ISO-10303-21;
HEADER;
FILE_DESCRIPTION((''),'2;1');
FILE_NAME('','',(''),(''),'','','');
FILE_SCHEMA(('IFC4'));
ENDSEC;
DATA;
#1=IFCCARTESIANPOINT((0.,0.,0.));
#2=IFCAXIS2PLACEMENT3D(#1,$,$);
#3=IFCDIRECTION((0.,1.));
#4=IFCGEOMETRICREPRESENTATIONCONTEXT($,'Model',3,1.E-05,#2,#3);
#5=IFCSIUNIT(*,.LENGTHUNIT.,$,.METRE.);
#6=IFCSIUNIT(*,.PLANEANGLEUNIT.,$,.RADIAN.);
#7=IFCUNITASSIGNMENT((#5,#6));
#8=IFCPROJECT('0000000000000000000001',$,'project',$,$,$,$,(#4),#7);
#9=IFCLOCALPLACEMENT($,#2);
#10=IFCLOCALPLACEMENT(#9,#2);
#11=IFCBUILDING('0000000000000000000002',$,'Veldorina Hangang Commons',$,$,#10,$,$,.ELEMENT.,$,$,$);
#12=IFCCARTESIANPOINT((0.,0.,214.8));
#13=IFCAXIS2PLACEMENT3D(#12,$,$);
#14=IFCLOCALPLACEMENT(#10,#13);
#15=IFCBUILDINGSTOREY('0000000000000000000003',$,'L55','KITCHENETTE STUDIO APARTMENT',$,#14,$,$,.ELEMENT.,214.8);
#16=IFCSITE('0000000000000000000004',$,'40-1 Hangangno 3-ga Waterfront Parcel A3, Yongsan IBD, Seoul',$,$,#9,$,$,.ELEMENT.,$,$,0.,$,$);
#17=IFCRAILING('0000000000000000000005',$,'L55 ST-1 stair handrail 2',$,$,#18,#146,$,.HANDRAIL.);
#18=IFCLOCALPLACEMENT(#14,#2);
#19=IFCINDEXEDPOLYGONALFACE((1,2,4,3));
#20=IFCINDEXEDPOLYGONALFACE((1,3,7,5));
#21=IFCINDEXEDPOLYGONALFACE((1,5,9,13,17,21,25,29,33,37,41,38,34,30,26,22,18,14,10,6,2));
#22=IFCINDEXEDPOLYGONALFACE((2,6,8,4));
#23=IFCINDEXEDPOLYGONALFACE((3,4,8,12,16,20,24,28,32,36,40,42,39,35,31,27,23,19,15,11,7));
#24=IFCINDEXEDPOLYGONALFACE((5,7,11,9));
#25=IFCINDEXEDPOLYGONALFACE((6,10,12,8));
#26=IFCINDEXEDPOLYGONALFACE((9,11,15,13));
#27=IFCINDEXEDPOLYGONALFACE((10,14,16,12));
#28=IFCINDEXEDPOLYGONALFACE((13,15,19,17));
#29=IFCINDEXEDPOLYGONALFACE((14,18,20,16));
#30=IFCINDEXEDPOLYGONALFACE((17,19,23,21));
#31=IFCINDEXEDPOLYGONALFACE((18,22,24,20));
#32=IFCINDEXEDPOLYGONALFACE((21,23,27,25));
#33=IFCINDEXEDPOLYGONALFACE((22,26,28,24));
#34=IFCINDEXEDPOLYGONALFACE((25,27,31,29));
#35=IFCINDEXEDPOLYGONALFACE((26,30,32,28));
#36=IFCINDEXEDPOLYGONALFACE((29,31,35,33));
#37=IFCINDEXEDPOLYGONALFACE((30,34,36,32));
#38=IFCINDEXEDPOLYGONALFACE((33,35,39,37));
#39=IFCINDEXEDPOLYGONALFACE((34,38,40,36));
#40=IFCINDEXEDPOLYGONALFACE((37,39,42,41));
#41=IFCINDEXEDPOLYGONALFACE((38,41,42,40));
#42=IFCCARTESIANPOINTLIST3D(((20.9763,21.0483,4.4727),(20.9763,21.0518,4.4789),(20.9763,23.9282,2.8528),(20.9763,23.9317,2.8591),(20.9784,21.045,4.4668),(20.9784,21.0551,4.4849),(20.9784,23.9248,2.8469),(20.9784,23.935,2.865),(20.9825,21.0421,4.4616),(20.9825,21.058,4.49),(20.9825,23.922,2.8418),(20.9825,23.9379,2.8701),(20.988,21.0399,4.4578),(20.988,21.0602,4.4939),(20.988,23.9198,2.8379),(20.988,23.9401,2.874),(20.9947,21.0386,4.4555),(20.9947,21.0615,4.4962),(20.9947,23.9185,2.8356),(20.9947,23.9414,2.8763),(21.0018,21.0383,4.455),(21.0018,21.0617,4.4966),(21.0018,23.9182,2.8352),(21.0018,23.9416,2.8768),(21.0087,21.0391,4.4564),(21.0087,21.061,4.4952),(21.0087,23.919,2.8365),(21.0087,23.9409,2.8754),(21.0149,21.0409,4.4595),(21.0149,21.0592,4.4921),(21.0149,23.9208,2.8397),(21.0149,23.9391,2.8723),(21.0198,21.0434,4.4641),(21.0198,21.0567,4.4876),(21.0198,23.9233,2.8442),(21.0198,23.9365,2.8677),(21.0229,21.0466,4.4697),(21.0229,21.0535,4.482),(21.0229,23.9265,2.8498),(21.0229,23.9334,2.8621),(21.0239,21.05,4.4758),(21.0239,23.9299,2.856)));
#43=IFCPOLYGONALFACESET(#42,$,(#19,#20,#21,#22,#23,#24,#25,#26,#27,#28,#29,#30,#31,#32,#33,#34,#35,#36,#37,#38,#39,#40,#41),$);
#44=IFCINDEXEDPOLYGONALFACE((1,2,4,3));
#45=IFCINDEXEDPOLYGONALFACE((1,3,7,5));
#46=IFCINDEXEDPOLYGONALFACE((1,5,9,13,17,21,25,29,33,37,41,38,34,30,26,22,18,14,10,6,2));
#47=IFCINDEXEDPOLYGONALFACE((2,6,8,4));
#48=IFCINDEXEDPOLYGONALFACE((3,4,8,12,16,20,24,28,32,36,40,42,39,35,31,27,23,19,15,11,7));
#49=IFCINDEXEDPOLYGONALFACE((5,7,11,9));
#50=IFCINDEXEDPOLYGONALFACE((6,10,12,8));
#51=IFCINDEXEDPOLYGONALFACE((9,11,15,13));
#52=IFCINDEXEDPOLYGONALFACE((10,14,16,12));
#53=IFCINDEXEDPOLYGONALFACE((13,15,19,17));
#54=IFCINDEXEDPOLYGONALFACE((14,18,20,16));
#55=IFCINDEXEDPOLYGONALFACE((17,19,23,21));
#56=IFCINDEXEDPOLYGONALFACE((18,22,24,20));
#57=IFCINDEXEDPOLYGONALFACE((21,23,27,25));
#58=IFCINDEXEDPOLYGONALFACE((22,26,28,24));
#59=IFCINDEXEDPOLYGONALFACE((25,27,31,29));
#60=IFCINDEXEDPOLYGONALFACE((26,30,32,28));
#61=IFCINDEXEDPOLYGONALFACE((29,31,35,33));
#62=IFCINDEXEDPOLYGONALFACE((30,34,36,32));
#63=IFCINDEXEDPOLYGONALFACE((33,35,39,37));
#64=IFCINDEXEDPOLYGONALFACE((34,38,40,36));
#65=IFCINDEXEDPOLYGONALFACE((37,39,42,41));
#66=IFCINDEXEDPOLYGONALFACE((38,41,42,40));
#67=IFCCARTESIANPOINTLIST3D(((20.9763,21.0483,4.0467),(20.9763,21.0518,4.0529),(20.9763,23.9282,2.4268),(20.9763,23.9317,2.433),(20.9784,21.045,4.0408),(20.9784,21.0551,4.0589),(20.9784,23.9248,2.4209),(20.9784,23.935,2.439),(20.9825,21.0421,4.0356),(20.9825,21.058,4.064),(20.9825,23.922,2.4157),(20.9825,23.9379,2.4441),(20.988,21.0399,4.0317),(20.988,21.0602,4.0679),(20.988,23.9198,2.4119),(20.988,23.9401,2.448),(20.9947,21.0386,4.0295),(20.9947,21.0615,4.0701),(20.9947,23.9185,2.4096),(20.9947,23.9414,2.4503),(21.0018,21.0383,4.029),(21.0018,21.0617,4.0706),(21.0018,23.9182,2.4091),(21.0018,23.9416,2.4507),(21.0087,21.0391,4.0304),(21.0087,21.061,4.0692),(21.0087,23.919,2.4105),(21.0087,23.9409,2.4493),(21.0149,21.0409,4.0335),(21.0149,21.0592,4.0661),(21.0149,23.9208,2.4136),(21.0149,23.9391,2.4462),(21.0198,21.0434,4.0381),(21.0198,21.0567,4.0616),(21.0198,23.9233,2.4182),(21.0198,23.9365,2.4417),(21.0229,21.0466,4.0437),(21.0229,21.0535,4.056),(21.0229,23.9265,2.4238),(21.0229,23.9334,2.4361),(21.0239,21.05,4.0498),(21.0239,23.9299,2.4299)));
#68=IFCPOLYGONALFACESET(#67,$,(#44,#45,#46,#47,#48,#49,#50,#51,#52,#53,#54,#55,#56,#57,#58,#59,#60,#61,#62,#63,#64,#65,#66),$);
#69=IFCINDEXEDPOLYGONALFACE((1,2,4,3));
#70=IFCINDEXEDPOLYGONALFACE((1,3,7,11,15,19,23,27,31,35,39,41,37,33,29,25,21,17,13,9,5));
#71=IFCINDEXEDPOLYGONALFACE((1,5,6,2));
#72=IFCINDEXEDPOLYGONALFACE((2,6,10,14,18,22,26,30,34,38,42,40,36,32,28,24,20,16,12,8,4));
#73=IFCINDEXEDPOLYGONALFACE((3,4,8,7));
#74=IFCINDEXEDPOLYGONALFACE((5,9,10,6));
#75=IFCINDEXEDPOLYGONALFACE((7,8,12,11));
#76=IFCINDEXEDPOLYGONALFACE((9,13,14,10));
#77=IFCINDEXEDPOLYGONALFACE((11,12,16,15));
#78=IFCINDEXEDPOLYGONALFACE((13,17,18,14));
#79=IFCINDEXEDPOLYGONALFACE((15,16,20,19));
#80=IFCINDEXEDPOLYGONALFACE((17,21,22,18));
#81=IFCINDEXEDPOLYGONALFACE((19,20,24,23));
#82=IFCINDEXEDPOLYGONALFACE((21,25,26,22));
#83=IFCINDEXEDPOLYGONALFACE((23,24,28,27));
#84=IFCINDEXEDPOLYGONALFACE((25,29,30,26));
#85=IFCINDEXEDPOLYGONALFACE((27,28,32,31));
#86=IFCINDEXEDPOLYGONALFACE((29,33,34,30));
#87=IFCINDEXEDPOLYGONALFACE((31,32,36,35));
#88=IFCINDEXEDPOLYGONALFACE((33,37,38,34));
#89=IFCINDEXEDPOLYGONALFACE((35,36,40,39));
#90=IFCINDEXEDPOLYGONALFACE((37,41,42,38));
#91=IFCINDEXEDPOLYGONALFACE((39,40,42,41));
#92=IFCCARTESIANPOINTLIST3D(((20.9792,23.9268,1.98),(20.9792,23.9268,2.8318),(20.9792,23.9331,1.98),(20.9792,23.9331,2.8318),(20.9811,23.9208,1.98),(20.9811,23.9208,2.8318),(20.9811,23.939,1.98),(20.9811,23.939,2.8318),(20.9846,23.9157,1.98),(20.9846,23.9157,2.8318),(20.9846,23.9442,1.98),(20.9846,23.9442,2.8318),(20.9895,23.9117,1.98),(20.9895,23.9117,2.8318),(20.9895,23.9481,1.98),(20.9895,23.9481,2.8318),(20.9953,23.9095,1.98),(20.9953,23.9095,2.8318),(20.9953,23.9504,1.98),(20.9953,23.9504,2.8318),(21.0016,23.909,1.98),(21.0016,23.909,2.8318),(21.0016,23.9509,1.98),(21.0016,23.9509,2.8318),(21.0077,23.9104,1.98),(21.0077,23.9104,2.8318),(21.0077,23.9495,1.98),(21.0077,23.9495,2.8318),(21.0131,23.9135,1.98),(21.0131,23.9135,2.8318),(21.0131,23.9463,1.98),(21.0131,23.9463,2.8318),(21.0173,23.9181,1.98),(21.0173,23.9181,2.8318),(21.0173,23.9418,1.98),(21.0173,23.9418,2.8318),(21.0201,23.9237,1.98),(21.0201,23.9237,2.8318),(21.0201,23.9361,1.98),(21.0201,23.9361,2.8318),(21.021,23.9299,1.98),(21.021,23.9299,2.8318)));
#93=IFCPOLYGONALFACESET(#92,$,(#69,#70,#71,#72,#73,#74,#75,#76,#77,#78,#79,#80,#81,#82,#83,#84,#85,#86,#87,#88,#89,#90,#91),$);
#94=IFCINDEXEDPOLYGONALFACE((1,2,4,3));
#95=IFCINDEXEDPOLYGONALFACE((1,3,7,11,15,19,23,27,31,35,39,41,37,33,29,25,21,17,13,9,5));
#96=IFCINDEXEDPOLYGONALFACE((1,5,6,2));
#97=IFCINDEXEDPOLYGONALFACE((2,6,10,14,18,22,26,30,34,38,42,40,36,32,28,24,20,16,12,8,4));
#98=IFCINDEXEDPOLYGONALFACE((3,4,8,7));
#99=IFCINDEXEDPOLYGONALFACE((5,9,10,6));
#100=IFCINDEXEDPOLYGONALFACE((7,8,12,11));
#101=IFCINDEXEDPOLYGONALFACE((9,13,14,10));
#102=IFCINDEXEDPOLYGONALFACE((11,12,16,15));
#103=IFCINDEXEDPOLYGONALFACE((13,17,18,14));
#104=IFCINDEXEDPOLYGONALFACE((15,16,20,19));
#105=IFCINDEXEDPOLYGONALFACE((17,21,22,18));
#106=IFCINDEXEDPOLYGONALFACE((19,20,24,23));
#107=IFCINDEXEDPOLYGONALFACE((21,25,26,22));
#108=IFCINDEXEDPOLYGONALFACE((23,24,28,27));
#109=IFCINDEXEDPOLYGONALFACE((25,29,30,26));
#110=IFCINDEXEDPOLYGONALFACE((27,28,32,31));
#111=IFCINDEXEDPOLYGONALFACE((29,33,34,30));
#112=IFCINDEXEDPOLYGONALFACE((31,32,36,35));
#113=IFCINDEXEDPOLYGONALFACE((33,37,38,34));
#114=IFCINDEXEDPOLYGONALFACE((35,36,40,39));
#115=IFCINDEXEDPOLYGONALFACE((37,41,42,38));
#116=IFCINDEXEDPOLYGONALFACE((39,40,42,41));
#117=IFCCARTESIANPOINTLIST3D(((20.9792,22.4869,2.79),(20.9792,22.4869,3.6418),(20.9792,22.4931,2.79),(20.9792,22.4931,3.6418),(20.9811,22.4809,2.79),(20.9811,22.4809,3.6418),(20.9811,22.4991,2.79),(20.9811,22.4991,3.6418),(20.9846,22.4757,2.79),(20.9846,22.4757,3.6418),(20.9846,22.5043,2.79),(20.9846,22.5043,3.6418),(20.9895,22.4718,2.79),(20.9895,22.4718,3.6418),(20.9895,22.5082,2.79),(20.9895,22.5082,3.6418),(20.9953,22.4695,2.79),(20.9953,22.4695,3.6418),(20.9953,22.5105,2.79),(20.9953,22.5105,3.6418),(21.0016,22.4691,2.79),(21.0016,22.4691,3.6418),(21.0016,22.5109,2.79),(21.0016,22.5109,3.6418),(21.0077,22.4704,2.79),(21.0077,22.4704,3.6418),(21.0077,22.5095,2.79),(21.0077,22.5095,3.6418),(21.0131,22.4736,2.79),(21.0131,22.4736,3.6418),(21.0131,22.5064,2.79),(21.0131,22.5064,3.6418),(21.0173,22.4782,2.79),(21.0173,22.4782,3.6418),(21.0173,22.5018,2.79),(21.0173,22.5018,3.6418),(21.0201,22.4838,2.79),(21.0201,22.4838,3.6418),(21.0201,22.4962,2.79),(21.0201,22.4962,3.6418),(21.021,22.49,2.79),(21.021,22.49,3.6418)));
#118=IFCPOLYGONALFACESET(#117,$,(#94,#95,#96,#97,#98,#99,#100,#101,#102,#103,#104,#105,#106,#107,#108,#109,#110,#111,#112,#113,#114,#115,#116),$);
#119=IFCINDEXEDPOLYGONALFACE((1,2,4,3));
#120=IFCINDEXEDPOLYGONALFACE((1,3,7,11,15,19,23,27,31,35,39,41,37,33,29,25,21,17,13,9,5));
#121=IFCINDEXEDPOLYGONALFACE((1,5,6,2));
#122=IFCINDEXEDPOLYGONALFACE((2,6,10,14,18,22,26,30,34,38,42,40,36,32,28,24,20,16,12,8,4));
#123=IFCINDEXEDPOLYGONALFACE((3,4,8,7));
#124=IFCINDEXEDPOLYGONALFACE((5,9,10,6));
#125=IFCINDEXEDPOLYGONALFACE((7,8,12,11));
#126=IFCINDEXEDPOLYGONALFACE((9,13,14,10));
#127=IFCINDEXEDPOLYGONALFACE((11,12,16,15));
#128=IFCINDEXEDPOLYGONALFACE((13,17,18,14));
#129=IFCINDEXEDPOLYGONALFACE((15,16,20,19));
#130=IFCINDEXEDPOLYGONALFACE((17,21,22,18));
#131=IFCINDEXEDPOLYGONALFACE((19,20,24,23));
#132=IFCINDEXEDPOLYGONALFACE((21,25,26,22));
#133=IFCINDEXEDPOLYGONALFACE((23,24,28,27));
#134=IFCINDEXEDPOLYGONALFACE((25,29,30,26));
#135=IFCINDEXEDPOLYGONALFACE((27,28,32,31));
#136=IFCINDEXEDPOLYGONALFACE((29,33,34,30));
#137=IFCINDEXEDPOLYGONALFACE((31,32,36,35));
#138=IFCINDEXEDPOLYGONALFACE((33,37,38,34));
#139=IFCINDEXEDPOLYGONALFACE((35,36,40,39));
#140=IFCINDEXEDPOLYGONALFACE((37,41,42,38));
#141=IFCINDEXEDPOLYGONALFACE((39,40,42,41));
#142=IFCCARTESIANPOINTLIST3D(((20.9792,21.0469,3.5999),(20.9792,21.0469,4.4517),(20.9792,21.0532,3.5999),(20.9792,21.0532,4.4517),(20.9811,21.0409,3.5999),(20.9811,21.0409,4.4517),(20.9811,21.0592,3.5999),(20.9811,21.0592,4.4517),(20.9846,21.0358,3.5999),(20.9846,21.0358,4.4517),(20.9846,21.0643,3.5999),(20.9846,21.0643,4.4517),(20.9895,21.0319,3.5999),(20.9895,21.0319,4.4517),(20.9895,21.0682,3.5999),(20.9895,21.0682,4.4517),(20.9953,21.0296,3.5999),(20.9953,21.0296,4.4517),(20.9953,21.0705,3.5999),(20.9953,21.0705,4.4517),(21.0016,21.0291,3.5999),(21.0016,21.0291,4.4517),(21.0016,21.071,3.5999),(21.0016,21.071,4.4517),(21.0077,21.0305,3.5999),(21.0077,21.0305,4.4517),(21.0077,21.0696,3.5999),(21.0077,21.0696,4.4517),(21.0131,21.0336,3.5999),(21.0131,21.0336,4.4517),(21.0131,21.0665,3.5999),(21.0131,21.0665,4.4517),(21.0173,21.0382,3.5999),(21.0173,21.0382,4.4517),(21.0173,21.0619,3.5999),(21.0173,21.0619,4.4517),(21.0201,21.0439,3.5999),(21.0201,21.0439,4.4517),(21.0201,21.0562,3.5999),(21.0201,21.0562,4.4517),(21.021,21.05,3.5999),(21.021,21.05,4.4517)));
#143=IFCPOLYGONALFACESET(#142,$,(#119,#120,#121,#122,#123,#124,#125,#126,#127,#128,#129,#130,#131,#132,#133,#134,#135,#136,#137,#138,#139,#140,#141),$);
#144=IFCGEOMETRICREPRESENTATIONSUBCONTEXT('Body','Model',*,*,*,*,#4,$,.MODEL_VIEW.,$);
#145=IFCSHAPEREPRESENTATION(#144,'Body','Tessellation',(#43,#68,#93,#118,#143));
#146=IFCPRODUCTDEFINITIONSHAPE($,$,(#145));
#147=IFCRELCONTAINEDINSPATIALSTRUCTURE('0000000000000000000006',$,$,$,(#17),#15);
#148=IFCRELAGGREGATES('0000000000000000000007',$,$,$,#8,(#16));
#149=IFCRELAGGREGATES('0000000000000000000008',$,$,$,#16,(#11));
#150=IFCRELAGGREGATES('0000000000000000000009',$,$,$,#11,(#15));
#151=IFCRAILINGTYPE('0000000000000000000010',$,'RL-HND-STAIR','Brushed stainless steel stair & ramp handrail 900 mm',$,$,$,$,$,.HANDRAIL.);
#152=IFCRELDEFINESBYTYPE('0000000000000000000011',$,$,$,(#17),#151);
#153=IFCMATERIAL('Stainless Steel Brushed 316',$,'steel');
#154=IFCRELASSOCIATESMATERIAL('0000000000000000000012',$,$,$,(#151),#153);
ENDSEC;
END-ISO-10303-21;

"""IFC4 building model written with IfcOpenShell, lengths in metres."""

from ifc_helpers import new_model, si_unit, direction, frame, origin, origin_2d, place, context, subcontext, project, spatial, circle, extrude, material, type_object, element, save


model = new_model("IFC4")

# Units and contexts
model_context = context("Model", 3, precision=1e-05, world=origin(), true_north=direction((0.0, 1.0)))
body_context = subcontext(model_context, "Body", "Model", "MODEL_VIEW")
ifc_project = project(units=[si_unit("LENGTHUNIT", "METRE"), si_unit("PLANEANGLEUNIT", "RADIAN")], contexts=[model_context])

# Site, building, storey
site_placement = place(None, origin())
site = spatial("IfcSite", under=ifc_project, at=site_placement, Name="40-1 Hangangno 3-ga Waterfront Parcel A3, Yongsan IBD, Seoul", CompositionType="ELEMENT", RefElevation=0.0)
building_placement = place(site_placement, origin())
building = spatial("IfcBuilding", under=site, at=building_placement, Name="Veldorina Hangang Commons", CompositionType="ELEMENT")
storey_placement = place(building_placement, frame((0.0, 0.0, 214.8)))
storey = spatial("IfcBuildingStorey", under=building, at=storey_placement, Name="L55", Description="KITCHENETTE STUDIO APARTMENT", CompositionType="ELEMENT", Elevation=214.8)

# Railing
ifc_material_1 = material(Name="Stainless Steel Brushed 316", Category="steel")
railing_type_1 = type_object("IfcRailingType", Name="RL-HND-STAIR", Description="Brushed stainless steel stair & ramp handrail 900 mm", PredefinedType="HANDRAIL", material=ifc_material_1)
railing_1_placement = place(storey_placement, frame((21.0, 23.9299, 1.98)))
element("IfcRailing", 1, at=railing_1_placement, inside=storey, type_object=railing_type_1, Name="L55 ST-1 stair handrail 2", PredefinedType="HANDRAIL", context=body_context, shape_type="SweptSolid", body=[
    extrude(circle(Radius=0.0239, at=origin_2d()), frame((0.0, 0.0, 0.876), z_axis=(0.0, -0.871583, 0.490247), x_axis=(1.0, 0.0, 0.0)), (0.0, 0.0, 1.0), 3.3042),
    extrude(circle(Radius=0.0239, at=origin_2d()), frame((0.0, 0.0, 0.45), z_axis=(0.0, -0.871583, 0.490247), x_axis=(1.0, 0.0, 0.0)), (0.0, 0.0, 1.0), 3.3042),
    extrude(circle(Radius=0.021, at=origin_2d()), origin(), (0.0, 0.0, 1.0), 0.8518),
    extrude(circle(Radius=0.021, at=origin_2d()), frame((0.0, -1.4399, 0.8101)), (0.0, 0.0, 1.0), 0.8518),
    extrude(circle(Radius=0.021, at=origin_2d()), frame((0.0, -2.8799, 1.6199)), (0.0, 0.0, 1.0), 0.8518),
])

save(model, "model.ifc")
